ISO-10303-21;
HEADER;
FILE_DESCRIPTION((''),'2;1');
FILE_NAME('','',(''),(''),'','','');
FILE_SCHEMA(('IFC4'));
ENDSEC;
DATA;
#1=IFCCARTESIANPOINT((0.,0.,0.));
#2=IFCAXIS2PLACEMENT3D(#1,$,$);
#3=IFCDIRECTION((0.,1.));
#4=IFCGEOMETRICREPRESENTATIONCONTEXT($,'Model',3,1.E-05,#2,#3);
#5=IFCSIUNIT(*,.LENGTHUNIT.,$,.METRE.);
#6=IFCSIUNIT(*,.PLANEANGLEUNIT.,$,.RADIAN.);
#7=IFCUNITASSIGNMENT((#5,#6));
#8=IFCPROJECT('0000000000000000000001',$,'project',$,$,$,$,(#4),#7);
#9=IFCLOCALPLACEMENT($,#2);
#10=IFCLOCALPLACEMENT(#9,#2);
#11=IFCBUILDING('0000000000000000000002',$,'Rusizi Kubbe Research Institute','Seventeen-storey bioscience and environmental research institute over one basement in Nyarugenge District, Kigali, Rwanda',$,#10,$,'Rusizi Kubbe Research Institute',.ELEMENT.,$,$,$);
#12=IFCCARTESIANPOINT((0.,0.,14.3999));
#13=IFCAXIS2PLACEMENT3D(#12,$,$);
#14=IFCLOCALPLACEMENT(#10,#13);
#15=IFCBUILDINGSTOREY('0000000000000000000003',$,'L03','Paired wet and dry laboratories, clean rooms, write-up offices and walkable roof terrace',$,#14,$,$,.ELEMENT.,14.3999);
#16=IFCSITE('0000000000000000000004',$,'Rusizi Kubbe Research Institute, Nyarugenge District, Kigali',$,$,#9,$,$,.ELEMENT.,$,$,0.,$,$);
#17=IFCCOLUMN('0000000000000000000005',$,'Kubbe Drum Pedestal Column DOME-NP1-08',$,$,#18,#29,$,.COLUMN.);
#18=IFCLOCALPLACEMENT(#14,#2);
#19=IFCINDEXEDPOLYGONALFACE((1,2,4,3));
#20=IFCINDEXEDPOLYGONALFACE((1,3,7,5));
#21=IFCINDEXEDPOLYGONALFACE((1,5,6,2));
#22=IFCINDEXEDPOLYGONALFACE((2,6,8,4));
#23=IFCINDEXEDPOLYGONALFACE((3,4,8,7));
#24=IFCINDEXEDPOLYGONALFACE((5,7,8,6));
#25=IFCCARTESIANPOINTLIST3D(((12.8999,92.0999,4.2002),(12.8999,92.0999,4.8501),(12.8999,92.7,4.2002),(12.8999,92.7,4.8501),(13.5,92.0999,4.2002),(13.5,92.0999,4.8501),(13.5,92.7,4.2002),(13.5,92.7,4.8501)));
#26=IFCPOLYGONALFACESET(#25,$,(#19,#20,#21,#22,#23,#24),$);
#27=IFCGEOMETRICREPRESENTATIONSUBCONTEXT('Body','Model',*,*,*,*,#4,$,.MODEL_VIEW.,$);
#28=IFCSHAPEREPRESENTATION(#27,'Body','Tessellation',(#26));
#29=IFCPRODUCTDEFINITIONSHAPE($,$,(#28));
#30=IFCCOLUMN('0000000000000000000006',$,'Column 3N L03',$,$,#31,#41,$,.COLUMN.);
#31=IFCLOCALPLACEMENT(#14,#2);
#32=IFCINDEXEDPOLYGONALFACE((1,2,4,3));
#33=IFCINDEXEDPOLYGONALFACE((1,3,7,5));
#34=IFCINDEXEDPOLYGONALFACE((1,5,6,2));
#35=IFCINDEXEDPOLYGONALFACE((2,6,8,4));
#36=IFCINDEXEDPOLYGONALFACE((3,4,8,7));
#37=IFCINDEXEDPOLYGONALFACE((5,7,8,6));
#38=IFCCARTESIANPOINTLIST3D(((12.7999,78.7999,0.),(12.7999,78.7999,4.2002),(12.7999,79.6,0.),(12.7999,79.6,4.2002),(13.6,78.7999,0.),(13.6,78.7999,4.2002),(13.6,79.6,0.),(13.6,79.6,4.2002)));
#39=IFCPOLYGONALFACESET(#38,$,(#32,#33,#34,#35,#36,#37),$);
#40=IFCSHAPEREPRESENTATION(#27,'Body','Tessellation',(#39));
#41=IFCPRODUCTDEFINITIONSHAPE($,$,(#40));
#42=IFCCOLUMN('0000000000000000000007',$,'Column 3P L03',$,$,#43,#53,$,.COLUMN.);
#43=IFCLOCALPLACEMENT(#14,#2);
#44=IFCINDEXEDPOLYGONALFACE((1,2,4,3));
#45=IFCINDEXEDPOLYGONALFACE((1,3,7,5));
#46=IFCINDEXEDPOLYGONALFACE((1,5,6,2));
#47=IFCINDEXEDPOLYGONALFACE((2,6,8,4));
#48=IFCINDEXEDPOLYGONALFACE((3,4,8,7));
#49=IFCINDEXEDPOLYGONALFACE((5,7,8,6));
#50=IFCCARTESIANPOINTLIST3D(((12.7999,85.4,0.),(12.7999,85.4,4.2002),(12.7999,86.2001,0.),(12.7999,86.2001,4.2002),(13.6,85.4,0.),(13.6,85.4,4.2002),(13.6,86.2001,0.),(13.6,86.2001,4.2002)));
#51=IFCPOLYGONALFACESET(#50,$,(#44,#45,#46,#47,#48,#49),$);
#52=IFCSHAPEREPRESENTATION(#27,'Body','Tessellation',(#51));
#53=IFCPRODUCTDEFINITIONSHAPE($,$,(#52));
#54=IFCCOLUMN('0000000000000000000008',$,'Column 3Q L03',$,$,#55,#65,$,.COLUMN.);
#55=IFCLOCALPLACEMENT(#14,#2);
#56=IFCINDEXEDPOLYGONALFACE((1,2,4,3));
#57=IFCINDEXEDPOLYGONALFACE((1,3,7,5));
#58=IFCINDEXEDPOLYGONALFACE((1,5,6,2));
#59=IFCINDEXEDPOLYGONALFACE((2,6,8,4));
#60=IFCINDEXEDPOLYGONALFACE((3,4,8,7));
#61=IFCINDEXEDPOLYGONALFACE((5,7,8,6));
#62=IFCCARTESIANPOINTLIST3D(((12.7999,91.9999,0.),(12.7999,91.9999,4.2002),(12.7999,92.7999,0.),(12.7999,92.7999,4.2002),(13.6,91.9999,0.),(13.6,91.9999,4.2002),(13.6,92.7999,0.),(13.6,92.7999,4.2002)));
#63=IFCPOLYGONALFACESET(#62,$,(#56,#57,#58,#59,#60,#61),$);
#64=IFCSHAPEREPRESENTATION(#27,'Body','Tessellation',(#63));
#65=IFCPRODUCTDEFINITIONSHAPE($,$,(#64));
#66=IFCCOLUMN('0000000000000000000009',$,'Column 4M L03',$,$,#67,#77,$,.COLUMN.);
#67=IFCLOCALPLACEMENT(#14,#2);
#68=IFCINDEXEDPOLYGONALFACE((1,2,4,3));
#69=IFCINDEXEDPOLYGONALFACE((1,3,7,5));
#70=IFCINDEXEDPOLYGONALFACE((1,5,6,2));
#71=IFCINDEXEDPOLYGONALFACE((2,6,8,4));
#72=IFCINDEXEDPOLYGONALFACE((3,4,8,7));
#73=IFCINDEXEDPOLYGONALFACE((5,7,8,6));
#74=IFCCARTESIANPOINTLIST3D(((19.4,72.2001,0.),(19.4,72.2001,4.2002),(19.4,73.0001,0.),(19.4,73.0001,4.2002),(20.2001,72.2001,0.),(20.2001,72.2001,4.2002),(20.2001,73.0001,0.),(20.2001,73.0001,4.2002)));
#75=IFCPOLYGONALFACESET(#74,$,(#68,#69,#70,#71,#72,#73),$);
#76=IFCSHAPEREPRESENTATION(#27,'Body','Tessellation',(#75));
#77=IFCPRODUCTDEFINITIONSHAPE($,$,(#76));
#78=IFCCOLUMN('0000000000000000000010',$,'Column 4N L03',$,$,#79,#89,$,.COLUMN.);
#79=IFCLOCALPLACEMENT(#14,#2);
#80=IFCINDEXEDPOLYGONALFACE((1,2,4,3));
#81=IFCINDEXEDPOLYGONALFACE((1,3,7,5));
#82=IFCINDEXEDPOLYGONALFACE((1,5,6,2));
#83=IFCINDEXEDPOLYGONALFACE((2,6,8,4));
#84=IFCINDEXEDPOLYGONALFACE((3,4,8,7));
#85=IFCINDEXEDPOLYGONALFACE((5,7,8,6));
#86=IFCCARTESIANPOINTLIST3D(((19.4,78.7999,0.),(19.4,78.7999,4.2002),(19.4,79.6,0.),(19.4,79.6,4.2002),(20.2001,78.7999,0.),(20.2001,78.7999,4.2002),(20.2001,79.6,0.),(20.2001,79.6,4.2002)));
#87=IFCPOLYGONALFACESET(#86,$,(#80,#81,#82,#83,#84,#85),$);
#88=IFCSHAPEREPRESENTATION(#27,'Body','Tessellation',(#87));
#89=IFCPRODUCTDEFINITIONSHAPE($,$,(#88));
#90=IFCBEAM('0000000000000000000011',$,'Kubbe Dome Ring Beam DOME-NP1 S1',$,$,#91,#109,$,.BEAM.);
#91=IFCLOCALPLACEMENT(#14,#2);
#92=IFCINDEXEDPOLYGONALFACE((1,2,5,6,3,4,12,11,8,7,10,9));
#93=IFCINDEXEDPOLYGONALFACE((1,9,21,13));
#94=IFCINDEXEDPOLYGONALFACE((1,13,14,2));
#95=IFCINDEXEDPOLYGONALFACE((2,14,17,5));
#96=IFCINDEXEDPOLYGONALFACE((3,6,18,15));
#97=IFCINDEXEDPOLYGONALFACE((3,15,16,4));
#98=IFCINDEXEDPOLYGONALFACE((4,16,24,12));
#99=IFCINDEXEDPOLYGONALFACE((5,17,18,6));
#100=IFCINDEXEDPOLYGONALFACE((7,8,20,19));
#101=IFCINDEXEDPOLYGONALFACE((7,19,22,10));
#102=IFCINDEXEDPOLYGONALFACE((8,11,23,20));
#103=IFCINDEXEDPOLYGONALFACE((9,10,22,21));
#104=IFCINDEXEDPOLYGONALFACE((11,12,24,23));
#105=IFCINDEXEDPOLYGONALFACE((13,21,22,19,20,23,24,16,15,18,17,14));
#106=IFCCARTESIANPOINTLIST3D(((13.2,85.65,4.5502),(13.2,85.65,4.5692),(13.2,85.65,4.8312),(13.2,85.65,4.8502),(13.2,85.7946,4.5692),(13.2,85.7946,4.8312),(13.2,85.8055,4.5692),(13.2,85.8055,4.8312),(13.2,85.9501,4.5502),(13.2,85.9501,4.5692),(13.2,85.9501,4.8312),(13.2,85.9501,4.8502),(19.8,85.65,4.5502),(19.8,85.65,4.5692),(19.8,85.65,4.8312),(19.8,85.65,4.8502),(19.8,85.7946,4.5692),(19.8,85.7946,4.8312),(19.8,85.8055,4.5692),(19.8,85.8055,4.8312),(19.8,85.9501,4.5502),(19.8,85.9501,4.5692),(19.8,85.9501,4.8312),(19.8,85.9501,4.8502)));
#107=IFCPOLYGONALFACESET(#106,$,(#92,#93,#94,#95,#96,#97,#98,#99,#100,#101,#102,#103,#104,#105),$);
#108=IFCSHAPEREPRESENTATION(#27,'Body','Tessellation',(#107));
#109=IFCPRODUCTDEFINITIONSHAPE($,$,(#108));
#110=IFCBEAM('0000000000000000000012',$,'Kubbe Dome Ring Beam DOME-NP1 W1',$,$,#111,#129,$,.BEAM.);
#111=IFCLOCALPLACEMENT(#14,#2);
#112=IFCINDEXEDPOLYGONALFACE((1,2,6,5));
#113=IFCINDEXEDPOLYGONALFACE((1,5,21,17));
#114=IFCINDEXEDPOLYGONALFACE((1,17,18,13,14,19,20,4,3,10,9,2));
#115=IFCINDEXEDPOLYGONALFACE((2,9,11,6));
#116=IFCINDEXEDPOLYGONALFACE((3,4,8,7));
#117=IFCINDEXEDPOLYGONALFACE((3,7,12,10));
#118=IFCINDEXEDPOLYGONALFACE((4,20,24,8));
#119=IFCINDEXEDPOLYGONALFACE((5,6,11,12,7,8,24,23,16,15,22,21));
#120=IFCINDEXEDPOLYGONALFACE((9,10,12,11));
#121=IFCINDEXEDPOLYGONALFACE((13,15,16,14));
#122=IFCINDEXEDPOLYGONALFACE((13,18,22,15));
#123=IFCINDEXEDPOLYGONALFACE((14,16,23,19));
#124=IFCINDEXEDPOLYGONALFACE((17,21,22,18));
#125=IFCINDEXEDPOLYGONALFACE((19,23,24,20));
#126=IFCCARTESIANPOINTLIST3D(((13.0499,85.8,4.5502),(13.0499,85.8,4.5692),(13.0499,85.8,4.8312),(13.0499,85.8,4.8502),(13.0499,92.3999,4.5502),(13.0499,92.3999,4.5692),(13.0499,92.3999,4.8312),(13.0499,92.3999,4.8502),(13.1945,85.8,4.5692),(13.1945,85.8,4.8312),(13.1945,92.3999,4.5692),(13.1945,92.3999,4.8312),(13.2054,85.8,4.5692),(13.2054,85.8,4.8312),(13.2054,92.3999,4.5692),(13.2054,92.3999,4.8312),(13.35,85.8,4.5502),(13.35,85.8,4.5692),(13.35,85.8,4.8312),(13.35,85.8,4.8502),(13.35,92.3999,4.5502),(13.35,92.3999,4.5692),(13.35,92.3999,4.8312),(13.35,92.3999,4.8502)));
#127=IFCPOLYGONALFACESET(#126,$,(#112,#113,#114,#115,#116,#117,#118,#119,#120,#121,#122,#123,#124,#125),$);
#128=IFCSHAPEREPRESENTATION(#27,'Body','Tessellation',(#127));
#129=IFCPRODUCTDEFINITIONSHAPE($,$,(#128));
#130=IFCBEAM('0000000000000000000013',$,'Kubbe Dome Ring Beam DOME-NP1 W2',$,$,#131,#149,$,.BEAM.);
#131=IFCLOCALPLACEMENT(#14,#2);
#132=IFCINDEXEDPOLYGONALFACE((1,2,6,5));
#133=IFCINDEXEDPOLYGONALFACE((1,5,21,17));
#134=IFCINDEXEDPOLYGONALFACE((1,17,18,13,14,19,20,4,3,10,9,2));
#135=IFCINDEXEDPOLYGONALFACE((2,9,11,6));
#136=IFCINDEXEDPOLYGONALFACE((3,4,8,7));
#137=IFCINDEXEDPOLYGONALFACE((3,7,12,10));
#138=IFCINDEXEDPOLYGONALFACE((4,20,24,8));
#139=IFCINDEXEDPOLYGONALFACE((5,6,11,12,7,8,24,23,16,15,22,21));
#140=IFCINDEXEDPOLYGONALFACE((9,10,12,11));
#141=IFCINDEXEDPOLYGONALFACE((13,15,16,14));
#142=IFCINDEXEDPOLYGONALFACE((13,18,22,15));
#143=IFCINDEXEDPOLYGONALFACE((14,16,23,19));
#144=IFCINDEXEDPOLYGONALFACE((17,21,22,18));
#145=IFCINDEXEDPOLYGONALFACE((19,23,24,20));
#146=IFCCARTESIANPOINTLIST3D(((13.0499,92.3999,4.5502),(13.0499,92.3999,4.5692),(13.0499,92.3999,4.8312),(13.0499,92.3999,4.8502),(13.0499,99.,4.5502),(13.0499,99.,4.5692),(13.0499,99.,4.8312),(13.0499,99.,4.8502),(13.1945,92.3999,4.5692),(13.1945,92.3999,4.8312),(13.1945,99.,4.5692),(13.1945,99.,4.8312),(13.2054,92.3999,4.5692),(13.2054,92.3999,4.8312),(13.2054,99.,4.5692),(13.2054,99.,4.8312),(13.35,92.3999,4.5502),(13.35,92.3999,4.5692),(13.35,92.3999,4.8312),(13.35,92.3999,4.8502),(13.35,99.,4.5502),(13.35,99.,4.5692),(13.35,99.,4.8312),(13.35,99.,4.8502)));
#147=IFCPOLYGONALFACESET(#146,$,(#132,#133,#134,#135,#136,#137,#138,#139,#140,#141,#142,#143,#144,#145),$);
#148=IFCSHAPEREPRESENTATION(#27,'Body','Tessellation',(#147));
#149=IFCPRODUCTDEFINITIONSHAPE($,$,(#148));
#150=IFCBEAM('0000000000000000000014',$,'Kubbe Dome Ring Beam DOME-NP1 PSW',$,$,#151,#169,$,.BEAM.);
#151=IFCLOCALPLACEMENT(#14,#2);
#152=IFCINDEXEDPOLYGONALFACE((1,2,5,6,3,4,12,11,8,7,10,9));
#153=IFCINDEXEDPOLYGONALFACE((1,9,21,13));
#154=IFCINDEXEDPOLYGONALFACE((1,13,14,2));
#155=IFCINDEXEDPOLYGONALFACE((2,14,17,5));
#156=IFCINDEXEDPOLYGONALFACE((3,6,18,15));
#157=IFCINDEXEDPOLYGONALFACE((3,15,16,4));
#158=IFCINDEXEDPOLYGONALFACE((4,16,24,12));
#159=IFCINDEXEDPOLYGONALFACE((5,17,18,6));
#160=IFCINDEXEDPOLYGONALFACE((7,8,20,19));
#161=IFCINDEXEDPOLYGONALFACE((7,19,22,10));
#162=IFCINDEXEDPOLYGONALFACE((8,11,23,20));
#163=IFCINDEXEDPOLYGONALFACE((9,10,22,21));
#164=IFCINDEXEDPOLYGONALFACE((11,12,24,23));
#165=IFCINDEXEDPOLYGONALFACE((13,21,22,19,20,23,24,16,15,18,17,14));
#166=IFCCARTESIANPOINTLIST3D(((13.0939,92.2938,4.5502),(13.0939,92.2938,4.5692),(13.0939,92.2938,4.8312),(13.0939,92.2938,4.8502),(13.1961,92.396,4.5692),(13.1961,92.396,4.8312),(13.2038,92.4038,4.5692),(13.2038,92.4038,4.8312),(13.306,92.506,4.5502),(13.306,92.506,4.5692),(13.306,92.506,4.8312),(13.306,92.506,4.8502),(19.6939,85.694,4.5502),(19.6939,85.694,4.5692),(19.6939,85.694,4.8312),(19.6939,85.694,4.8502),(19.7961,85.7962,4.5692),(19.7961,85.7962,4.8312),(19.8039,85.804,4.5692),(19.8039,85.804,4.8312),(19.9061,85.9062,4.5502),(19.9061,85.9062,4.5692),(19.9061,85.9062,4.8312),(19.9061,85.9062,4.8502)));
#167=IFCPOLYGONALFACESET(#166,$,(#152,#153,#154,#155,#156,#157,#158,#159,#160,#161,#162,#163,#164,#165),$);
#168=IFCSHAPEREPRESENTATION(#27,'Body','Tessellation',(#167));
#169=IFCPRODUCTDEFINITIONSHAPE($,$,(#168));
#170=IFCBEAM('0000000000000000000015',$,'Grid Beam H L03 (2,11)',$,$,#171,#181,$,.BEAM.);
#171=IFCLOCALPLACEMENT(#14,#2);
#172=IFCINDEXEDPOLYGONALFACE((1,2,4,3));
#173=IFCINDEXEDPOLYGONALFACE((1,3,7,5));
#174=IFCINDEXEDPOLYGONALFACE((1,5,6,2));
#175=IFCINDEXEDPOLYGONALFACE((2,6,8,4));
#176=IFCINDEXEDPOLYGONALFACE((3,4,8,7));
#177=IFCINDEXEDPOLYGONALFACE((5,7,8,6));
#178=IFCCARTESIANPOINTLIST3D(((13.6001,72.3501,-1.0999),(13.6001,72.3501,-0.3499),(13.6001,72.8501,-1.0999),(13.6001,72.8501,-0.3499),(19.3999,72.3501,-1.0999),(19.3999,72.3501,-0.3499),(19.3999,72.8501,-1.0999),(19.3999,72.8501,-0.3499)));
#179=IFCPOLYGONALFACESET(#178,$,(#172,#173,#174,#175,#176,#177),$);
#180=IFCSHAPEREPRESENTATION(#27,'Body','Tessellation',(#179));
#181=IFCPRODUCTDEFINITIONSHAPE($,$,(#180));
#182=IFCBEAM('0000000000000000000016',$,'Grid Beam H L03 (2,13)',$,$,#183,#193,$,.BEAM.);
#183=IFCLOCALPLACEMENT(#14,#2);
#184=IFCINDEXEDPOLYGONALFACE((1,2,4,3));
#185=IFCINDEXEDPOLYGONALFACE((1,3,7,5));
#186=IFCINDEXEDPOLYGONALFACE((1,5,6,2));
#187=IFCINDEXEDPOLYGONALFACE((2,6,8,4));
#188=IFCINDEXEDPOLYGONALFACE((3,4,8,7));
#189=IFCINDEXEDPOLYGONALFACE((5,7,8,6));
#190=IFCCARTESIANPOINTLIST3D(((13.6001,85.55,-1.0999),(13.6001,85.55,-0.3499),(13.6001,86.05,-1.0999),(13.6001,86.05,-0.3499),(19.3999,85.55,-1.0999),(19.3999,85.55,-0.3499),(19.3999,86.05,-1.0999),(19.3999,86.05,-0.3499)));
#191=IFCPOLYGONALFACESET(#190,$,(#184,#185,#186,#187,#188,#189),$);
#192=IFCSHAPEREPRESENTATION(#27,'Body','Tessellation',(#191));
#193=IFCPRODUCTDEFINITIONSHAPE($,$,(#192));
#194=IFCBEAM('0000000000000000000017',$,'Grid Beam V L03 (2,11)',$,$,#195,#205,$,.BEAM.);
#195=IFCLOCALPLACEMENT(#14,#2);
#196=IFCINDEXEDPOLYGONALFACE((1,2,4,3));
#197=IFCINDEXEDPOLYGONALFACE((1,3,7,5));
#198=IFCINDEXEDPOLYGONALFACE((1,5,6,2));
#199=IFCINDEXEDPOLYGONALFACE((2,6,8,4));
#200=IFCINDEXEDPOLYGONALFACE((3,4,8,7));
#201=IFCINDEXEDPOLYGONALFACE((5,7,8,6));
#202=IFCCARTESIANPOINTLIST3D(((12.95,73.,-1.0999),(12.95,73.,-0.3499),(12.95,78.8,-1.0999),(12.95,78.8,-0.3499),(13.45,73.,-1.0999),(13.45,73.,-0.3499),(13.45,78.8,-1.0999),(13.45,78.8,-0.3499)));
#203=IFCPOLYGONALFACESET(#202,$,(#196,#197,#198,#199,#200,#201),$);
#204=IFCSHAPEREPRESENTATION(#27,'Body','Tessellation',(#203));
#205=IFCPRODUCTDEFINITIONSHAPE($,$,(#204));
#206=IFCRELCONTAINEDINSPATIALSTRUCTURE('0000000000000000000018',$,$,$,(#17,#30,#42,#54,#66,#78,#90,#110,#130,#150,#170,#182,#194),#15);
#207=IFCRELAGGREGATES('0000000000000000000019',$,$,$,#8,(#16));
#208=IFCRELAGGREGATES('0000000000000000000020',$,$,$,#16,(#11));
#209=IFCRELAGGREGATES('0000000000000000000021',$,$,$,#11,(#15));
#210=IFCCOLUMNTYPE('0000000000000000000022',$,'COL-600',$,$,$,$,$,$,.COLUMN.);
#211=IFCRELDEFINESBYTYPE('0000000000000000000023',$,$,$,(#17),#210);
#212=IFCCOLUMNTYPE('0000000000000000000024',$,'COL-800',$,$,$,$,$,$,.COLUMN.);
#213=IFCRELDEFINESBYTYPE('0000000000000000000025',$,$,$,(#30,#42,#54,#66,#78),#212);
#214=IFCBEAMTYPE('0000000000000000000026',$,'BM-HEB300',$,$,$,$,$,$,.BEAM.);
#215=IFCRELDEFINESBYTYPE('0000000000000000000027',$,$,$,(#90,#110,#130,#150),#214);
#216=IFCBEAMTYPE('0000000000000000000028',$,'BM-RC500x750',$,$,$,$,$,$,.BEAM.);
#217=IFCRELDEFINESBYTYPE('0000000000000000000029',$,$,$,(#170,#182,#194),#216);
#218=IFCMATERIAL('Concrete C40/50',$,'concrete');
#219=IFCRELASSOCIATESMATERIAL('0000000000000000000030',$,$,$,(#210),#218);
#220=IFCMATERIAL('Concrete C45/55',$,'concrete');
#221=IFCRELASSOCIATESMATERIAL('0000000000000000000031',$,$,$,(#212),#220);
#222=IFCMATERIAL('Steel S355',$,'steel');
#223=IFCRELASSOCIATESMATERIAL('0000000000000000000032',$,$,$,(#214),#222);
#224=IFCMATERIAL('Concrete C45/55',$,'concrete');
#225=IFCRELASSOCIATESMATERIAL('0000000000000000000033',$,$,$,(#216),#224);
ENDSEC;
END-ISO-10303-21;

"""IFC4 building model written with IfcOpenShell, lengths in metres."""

from ifc_helpers import new_model, si_unit, direction, frame, origin, origin_2d, place, context, subcontext, project, spatial, rectangle, i_section, extrude, material, material_profile, profile_set, type_object, element, save


model = new_model("IFC4")

# Units and contexts
model_context = context("Model", 3, precision=1e-05, world=origin(), true_north=direction((0.0, 1.0)))
body_context = subcontext(model_context, "Body", "Model", "MODEL_VIEW")
ifc_project = project(units=[si_unit("LENGTHUNIT", "METRE"), si_unit("PLANEANGLEUNIT", "RADIAN")], contexts=[model_context])

# Site, building, storey
site_placement = place(None, origin())
site = spatial("IfcSite", under=ifc_project, at=site_placement, Name="Rusizi Kubbe Research Institute, Nyarugenge District, Kigali", CompositionType="ELEMENT", RefElevation=0.0)
building_placement = place(site_placement, origin())
building = spatial("IfcBuilding", under=site, at=building_placement, Name="Rusizi Kubbe Research Institute", Description="Seventeen-storey bioscience and environmental research institute over one basement in Nyarugenge District, Kigali, Rwanda", LongName="Rusizi Kubbe Research Institute", CompositionType="ELEMENT")
storey_placement = place(building_placement, frame((0.0, 0.0, 14.3999)))
storey = spatial("IfcBuildingStorey", under=building, at=storey_placement, Name="L03", Description="Paired wet and dry laboratories, clean rooms, write-up offices and walkable roof terrace", CompositionType="ELEMENT", Elevation=14.3999)

# Columns
ifc_material_1 = material(Name="Concrete C40/50", Category="concrete")
ifc_material_profile_1 = material_profile(ifc_material_1, rectangle(XDim=0.6001, YDim=0.6001, at=origin_2d()), Name="RC600x600")
ifc_profile_set_1 = profile_set([ifc_material_profile_1], Name="Concrete C40/50")
column_type_1 = type_object("IfcColumnType", Name="COL-600", PredefinedType="COLUMN", material=ifc_profile_set_1)
column_placement = place(storey_placement, frame((13.2, 92.3999, 4.2002), z_axis=(0.0, 0.0, 1.0), x_axis=(1.0, 0.0, 0.0)))
element("IfcColumn", 1, at=column_placement, inside=storey, type_object=column_type_1, Name="Kubbe Drum Pedestal Column DOME-NP1-08", PredefinedType="COLUMN", context=body_context, shape_type="SweptSolid", body=[
    extrude(rectangle(XDim=0.6001, YDim=0.6001, at=origin_2d()), origin(), (0.0, 0.0, 1.0), 0.6499),
])
ifc_material_2 = material(Name="Concrete C45/55", Category="concrete")
ifc_material_profile_2 = material_profile(ifc_material_2, rectangle(XDim=0.8, YDim=0.8, at=origin_2d()), Name="RC800x800")
ifc_profile_set_2 = profile_set([ifc_material_profile_2], Name="Concrete C45/55")
column_type_2 = type_object("IfcColumnType", Name="COL-800", PredefinedType="COLUMN", material=ifc_profile_set_2)
for number, where, z_axis, x_axis, name in (
    (2, (13.2, 79.2, 0.0), (0.0, 0.0, 1.0), (1.0, 0.0, 0.0), "Column 3N L03"),
    (3, (13.2, 85.8, 0.0), (0.0, 0.0, 1.0), (1.0, 0.0, 0.0), "Column 3P L03"),
    (4, (13.2, 92.3999, 0.0), (0.0, 0.0, 1.0), (1.0, 0.0, 0.0), "Column 3Q L03"),
    (5, (19.8, 72.6001, 0.0), (0.0, 0.0, 1.0), (1.0, 0.0, 0.0), "Column 4M L03"),
    (6, (19.8, 79.2, 0.0), (0.0, 0.0, 1.0), (1.0, 0.0, 0.0), "Column 4N L03"),
):
    element("IfcColumn", number, at=place(storey_placement, frame(where, z_axis=z_axis, x_axis=x_axis)), inside=storey, type_object=column_type_2, Name=name, PredefinedType="COLUMN", context=body_context, shape_type="SweptSolid", body=[
        extrude(rectangle(XDim=0.8, YDim=0.8, at=origin_2d()), origin(), (0.0, 0.0, 1.0), 4.2002),
    ])

# Beams
ifc_material_3 = material(Name="Steel S355", Category="steel")
ifc_material_profile_3 = material_profile(ifc_material_3, i_section(OverallWidth=0.3, OverallDepth=0.3, WebThickness=0.011, FlangeThickness=0.019, at=origin_2d()), Name="HEB 300")
ifc_profile_set_3 = profile_set([ifc_material_profile_3], Name="Steel S355")
beam_type_1 = type_object("IfcBeamType", Name="BM-HEB300", PredefinedType="BEAM", material=ifc_profile_set_3)
beam_1_placement = place(storey_placement, frame((13.2, 85.8, 4.7002), z_axis=(1.0, 0.0, 0.0), x_axis=(0.0, 1.0, 0.0)))
element("IfcBeam", 7, at=beam_1_placement, inside=storey, type_object=beam_type_1, Name="Kubbe Dome Ring Beam DOME-NP1 S1", PredefinedType="BEAM", context=body_context, shape_type="SweptSolid", body=[
    extrude(i_section(OverallWidth=0.3, OverallDepth=0.3, WebThickness=0.011, FlangeThickness=0.019, at=origin_2d()), origin(), (0.0, 0.0, 1.0), 6.6001),
])
beam_2_placement = place(storey_placement, frame((13.2, 85.8, 4.7002), z_axis=(0.0, 1.0, 0.0), x_axis=(-1.0, 0.0, 0.0)))
element("IfcBeam", 8, at=beam_2_placement, inside=storey, type_object=beam_type_1, Name="Kubbe Dome Ring Beam DOME-NP1 W1", PredefinedType="BEAM", context=body_context, shape_type="SweptSolid", body=[
    extrude(i_section(OverallWidth=0.3, OverallDepth=0.3, WebThickness=0.011, FlangeThickness=0.019, at=origin_2d()), origin(), (0.0, 0.0, 1.0), 6.5999),
])
beam_3_placement = place(storey_placement, frame((13.2, 92.3999, 4.7002), z_axis=(0.0, 1.0, 0.0), x_axis=(-1.0, 0.0, 0.0)))
element("IfcBeam", 9, at=beam_3_placement, inside=storey, type_object=beam_type_1, Name="Kubbe Dome Ring Beam DOME-NP1 W2", PredefinedType="BEAM", context=body_context, shape_type="SweptSolid", body=[
    extrude(i_section(OverallWidth=0.3, OverallDepth=0.3, WebThickness=0.011, FlangeThickness=0.019, at=origin_2d()), origin(), (0.0, 0.0, 1.0), 6.6001),
])
beam_4_placement = place(storey_placement, frame((13.2, 92.3999, 4.7002), z_axis=(0.70712, -0.707094, 0.0), x_axis=(0.707094, 0.70712, 0.0)))
element("IfcBeam", 10, at=beam_4_placement, inside=storey, type_object=beam_type_1, Name="Kubbe Dome Ring Beam DOME-NP1 PSW", PredefinedType="BEAM", context=body_context, shape_type="SweptSolid", body=[
    extrude(i_section(OverallWidth=0.3, OverallDepth=0.3, WebThickness=0.011, FlangeThickness=0.019, at=origin_2d()), origin(), (0.0, 0.0, 1.0), 9.3337),
])
ifc_material_4 = material(Name="Concrete C45/55", Category="concrete")
ifc_material_profile_4 = material_profile(ifc_material_4, rectangle(XDim=0.5, YDim=0.75, at=origin_2d()), Name="RC500x750B")
ifc_profile_set_4 = profile_set([ifc_material_profile_4], Name="Concrete C45/55")
beam_type_2 = type_object("IfcBeamType", Name="BM-RC500x750", PredefinedType="BEAM", material=ifc_profile_set_4)
for number, where, z_axis, x_axis, name in (
    (11, (13.6001, 72.6001, -0.7249), (1.0, 0.0, 0.0), (0.0, 1.0, 0.0), "Grid Beam H L03 (2,11)"),
    (12, (13.6001, 85.8, -0.7249), (1.0, 0.0, 0.0), (0.0, 1.0, 0.0), "Grid Beam H L03 (2,13)"),
):
    element("IfcBeam", number, at=place(storey_placement, frame(where, z_axis=z_axis, x_axis=x_axis)), inside=storey, type_object=beam_type_2, Name=name, PredefinedType="BEAM", context=body_context, shape_type="SweptSolid", body=[
        extrude(rectangle(XDim=0.5, YDim=0.75, at=origin_2d()), origin(), (0.0, 0.0, 1.0), 5.7998),
    ])
beam_5_placement = place(storey_placement, frame((13.2, 73.0, -0.7249), z_axis=(0.0, 1.0, 0.0), x_axis=(-1.0, 0.0, 0.0)))
element("IfcBeam", 13, at=beam_5_placement, inside=storey, type_object=beam_type_2, Name="Grid Beam V L03 (2,11)", PredefinedType="BEAM", context=body_context, shape_type="SweptSolid", body=[
    extrude(rectangle(XDim=0.5, YDim=0.75, at=origin_2d()), origin(), (0.0, 0.0, 1.0), 5.8),
])

save(model, "model.ifc")
